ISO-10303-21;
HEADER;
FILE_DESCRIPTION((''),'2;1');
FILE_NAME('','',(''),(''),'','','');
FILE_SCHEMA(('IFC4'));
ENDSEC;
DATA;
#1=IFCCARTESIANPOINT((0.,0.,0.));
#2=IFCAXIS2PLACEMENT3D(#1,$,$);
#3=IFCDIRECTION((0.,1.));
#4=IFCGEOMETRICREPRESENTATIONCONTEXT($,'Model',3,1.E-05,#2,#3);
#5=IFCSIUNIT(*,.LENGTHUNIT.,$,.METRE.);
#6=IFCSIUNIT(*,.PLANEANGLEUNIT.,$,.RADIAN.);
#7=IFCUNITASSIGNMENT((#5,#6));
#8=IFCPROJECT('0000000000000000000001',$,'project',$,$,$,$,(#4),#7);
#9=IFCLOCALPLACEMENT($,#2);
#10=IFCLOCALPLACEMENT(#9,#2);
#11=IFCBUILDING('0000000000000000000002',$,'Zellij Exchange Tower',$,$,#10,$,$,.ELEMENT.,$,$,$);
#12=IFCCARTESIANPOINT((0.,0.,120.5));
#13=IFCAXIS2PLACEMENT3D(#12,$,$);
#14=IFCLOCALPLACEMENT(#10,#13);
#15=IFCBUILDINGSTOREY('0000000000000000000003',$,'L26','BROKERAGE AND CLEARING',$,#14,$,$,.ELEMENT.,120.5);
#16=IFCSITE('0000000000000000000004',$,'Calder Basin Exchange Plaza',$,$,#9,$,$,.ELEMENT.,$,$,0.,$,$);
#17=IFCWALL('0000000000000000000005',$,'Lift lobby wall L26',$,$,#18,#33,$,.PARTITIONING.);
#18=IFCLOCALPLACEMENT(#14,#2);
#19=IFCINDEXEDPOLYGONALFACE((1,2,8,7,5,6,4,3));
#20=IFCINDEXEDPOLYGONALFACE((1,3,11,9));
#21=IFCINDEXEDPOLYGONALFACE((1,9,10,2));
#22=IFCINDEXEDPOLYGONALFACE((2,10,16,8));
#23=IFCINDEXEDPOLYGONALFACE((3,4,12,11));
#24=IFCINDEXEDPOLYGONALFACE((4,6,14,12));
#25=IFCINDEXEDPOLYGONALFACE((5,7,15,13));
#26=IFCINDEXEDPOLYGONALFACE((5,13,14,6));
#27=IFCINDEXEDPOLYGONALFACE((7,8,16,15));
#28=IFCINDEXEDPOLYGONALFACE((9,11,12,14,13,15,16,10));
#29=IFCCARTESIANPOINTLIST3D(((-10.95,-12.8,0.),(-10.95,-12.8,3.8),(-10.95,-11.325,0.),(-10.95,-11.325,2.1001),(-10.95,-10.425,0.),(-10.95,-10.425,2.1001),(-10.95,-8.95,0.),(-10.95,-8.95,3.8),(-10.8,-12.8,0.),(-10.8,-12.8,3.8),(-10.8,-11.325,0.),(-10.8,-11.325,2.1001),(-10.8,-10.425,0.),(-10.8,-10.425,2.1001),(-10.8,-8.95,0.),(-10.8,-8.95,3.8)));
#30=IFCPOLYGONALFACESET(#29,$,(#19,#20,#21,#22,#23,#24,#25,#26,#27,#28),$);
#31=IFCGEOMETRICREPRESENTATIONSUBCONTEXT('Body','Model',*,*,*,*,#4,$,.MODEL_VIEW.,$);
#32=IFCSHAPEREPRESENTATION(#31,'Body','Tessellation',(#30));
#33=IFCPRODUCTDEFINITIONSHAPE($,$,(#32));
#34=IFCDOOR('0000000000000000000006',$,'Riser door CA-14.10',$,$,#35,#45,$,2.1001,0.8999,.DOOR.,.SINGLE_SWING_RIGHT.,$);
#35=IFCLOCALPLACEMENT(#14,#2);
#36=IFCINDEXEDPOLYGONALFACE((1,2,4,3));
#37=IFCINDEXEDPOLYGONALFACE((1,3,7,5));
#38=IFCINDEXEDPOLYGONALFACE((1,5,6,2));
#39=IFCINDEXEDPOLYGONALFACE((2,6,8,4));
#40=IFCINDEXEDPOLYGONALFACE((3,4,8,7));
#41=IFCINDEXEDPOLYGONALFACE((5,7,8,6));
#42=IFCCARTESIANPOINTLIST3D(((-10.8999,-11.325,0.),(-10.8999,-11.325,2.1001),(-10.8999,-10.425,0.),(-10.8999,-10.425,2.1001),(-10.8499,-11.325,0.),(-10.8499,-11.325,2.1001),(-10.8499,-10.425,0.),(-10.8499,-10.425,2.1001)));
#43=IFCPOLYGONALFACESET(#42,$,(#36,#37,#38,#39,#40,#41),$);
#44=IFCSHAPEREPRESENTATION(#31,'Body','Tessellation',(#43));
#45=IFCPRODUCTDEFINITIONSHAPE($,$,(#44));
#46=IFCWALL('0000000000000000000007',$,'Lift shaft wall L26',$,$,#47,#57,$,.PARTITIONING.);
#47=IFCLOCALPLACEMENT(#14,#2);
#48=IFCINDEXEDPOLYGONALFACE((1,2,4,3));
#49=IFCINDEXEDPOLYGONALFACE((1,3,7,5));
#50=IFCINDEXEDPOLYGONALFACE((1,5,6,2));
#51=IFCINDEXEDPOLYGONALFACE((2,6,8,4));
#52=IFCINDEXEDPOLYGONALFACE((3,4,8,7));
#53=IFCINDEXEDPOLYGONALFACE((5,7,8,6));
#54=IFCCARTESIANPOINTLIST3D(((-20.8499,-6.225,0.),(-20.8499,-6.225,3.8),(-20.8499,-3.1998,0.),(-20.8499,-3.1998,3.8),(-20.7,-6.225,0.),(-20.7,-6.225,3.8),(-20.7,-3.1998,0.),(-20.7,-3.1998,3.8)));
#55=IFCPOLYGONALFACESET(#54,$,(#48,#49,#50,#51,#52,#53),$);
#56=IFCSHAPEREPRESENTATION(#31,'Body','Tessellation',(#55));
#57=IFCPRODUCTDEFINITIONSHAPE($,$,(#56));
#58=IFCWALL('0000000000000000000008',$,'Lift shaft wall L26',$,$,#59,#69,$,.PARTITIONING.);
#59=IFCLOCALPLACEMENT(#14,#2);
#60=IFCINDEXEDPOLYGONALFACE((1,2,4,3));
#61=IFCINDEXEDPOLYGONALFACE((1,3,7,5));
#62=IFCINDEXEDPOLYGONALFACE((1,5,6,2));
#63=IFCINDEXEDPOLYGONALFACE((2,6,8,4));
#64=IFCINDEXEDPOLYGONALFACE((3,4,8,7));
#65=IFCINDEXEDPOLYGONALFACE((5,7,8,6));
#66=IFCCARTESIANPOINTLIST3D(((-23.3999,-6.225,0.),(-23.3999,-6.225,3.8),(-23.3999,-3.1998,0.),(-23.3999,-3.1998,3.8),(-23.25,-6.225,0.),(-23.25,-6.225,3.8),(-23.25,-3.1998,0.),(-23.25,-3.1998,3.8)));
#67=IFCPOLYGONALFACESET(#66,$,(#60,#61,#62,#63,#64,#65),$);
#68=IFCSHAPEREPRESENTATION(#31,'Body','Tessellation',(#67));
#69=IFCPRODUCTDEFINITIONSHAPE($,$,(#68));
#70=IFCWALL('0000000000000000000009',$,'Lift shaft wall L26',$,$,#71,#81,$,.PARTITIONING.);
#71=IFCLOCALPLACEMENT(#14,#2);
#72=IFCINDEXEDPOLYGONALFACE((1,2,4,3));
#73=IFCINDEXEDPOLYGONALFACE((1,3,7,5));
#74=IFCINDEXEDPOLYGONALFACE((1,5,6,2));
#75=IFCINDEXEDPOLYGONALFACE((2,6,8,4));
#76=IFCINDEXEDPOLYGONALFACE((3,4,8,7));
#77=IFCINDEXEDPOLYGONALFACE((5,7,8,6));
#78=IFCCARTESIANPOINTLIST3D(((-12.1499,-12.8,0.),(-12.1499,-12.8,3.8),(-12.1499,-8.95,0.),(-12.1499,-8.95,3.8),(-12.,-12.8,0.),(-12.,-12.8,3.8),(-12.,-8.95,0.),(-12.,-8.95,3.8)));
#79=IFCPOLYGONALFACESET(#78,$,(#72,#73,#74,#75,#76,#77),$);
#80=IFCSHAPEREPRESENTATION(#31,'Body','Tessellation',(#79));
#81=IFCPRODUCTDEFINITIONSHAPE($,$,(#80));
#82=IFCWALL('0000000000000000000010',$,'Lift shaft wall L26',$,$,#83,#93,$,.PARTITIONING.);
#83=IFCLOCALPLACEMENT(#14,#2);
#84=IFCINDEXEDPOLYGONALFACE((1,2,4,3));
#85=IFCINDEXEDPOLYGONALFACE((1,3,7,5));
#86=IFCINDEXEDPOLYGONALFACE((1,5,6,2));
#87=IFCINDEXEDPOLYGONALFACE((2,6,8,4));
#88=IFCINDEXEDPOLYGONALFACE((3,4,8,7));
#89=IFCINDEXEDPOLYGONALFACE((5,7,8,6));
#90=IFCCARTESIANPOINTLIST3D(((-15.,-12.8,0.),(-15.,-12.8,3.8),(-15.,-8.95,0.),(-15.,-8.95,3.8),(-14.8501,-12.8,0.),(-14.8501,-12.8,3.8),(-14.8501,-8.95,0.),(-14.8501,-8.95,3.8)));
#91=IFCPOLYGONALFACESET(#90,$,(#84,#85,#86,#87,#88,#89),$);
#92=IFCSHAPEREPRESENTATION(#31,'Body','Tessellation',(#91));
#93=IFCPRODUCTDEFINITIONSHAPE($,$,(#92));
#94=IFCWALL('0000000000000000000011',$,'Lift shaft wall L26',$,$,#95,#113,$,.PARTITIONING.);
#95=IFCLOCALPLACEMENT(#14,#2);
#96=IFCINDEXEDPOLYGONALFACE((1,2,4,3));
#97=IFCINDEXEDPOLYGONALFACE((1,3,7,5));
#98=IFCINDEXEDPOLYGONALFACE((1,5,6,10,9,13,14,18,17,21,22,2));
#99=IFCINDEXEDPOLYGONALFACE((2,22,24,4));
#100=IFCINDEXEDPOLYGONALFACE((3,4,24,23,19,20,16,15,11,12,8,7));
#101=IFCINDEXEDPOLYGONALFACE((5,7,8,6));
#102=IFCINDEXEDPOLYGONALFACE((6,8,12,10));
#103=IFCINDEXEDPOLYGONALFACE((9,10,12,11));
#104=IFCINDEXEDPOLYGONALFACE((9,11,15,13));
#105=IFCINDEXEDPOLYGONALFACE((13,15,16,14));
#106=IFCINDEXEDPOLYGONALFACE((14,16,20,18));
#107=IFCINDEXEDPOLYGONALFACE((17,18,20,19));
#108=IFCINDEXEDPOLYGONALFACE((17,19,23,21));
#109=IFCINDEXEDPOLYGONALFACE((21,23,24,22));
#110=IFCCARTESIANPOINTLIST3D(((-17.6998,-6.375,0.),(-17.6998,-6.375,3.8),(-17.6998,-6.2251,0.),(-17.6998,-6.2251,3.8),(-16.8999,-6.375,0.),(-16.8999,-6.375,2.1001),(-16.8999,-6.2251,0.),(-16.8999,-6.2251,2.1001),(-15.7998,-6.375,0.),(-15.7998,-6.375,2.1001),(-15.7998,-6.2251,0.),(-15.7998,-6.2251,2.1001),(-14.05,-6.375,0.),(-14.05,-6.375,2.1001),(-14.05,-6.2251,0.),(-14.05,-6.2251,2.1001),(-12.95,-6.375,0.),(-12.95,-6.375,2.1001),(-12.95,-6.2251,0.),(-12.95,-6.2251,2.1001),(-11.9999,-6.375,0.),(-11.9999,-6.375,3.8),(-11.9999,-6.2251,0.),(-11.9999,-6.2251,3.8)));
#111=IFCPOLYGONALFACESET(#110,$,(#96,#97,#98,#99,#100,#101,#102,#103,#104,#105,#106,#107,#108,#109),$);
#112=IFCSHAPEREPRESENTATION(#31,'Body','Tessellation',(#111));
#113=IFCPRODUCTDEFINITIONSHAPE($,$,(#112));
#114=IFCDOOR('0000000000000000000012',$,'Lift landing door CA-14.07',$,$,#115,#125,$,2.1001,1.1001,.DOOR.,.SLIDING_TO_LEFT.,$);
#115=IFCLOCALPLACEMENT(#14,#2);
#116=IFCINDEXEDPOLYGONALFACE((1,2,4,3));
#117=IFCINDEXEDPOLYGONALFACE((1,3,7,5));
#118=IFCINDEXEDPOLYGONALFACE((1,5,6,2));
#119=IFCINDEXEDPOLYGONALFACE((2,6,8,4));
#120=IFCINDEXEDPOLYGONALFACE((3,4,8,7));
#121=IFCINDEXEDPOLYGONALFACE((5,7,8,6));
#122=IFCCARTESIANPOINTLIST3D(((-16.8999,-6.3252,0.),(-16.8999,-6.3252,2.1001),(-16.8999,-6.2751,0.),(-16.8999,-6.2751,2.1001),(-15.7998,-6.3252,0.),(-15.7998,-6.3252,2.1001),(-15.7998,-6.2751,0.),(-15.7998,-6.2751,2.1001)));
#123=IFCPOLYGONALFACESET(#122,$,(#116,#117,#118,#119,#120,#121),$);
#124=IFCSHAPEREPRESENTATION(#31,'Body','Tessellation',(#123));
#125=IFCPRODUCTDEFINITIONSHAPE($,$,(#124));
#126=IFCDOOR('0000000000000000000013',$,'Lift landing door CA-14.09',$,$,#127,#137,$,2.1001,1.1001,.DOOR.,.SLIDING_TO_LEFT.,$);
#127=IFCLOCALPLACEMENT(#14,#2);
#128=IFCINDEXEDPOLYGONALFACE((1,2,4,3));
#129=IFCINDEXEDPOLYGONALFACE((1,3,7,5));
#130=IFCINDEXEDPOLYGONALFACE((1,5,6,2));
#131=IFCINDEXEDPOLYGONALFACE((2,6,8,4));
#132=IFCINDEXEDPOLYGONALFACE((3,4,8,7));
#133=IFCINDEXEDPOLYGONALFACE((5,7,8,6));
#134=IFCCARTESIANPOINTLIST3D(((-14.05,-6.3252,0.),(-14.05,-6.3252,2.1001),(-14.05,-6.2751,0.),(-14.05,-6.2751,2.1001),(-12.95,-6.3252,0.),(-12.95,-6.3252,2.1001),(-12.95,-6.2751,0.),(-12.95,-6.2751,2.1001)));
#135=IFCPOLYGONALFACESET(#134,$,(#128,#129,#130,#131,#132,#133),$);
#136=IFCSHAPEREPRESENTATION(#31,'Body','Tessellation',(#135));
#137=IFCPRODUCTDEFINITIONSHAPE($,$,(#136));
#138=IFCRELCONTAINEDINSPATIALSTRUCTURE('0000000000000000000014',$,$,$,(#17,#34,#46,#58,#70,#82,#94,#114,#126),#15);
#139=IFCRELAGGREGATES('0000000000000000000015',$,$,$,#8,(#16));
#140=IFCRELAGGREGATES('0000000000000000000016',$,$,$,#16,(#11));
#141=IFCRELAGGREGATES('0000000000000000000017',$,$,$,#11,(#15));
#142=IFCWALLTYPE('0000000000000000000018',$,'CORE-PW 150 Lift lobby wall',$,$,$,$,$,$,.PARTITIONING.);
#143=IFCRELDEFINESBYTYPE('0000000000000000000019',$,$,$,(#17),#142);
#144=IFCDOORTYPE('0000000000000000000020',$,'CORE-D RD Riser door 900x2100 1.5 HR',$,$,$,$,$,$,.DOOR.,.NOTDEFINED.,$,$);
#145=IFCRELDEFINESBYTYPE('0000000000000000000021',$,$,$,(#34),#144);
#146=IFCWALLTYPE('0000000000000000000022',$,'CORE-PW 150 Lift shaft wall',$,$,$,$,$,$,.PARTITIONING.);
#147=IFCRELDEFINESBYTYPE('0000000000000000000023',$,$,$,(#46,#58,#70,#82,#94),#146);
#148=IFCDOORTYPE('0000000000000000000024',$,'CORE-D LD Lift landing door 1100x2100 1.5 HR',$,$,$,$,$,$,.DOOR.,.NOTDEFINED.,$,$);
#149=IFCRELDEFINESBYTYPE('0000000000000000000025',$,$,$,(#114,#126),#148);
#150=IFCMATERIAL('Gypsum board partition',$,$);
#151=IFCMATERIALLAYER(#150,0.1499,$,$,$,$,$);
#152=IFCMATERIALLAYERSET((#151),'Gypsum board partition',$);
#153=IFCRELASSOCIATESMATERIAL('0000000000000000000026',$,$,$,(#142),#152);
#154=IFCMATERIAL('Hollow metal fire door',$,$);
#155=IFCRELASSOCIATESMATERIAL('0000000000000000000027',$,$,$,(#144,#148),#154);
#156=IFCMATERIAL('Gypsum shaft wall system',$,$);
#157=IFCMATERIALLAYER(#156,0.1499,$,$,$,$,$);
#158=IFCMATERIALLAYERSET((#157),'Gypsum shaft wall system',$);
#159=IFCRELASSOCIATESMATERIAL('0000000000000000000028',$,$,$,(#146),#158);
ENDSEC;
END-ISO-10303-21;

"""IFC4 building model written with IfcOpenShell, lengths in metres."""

from ifc_helpers import new_model, si_unit, direction, frame, frame_2d, origin, place, context, subcontext, project, spatial, rectangle, extrude, material, layer, layer_set, type_object, element, fill, save


model = new_model("IFC4")

# Units and contexts
model_context = context("Model", 3, precision=1e-05, world=origin(), true_north=direction((0.0, 1.0)))
body_context = subcontext(model_context, "Body", "Model", "MODEL_VIEW")
ifc_project = project(units=[si_unit("LENGTHUNIT", "METRE"), si_unit("PLANEANGLEUNIT", "RADIAN")], contexts=[model_context])

# Site, building, storey
site_placement = place(None, origin())
site = spatial("IfcSite", under=ifc_project, at=site_placement, Name="Calder Basin Exchange Plaza", CompositionType="ELEMENT", RefElevation=0.0)
building_placement = place(site_placement, origin())
building = spatial("IfcBuilding", under=site, at=building_placement, Name="Zellij Exchange Tower", CompositionType="ELEMENT")
storey_placement = place(building_placement, frame((0.0, 0.0, 120.5)))
storey = spatial("IfcBuildingStorey", under=building, at=storey_placement, Name="L26", Description="BROKERAGE AND CLEARING", CompositionType="ELEMENT", Elevation=120.5)

# Wall, opening, door
ifc_material_1 = material(Name="Gypsum board partition")
ifc_layer_1 = layer(ifc_material_1, 0.1499)
ifc_layer_set_1 = layer_set([ifc_layer_1], Name="Gypsum board partition")
wall_type_1 = type_object("IfcWallType", Name="CORE-PW 150 Lift lobby wall", PredefinedType="PARTITIONING", material=ifc_layer_set_1)
wall_1_placement = place(storey_placement, frame((-10.875, -12.8, 0.0), z_axis=(0.0, 0.0, 1.0), x_axis=(0.0, 1.0, 0.0)))
wall_1 = element("IfcWall", 1, at=wall_1_placement, inside=storey, type_object=wall_type_1, Name="Lift lobby wall L26", PredefinedType="PARTITIONING", context=body_context, shape_type="SweptSolid", body=[
    extrude(rectangle(XDim=3.8501, YDim=0.1499, at=frame_2d((1.925, 0.0))), origin(), (0.0, 0.0, 1.0), 3.8),
])
opening_1_placement = place(wall_1_placement, frame((1.4751, 0.0, 0.0)))
opening_1 = element("IfcOpeningElement", 2, at=opening_1_placement, cuts=wall_1, PredefinedType="OPENING", context=body_context, shape_type="SweptSolid", body=[
    extrude(rectangle(XDim=0.8999, YDim=2.1001, at=frame_2d((0.45, 1.05))), frame((0.0, 0.0869, 0.0), z_axis=(0.0, -1.0, 0.0), x_axis=(1.0, 0.0, 0.0)), (0.0, 0.0, 1.0), 0.1738),
])
ifc_material_2 = material(Name="Hollow metal fire door")
door_type_1 = type_object("IfcDoorType", Name="CORE-D RD Riser door 900x2100 1.5 HR", OperationType="NOTDEFINED", PredefinedType="DOOR", material=ifc_material_2)
door_1_placement = place(opening_1_placement, origin())
door_1 = element("IfcDoor", 3, at=door_1_placement, inside=storey, type_object=door_type_1, Name="Riser door CA-14.10", OperationType="SINGLE_SWING_RIGHT", OverallHeight=2.1001, OverallWidth=0.8999, PredefinedType="DOOR", context=body_context, shape_type="SweptSolid", body=[
    extrude(rectangle(XDim=0.8999, YDim=2.1001, at=frame_2d((0.45, 1.05))), frame((0.0, 0.0249, 0.0), z_axis=(0.0, -1.0, 0.0), x_axis=(1.0, 0.0, 0.0)), (0.0, 0.0, 1.0), 0.05),
])
fill(opening_1, door_1)

# Walls
ifc_material_3 = material(Name="Gypsum shaft wall system")
ifc_layer_2 = layer(ifc_material_3, 0.1499)
ifc_layer_set_2 = layer_set([ifc_layer_2], Name="Gypsum shaft wall system")
wall_type_2 = type_object("IfcWallType", Name="CORE-PW 150 Lift shaft wall", PredefinedType="PARTITIONING", material=ifc_layer_set_2)
for number, where, z_axis, x_axis, name in (
    (4, (-20.7749, -6.2251, 0.0), (0.0, 0.0, 1.0), (0.0, 1.0, 0.0), "Lift shaft wall L26"),
    (5, (-23.325, -6.2251, 0.0), (0.0, 0.0, 1.0), (0.0, 1.0, 0.0), "Lift shaft wall L26"),
):
    element("IfcWall", number, at=place(storey_placement, frame(where, z_axis=z_axis, x_axis=x_axis)), inside=storey, type_object=wall_type_2, Name=name, PredefinedType="PARTITIONING", context=body_context, shape_type="SweptSolid", body=[
        extrude(rectangle(XDim=3.0251, YDim=0.1499, at=frame_2d((1.5127, 0.0))), origin(), (0.0, 0.0, 1.0), 3.8),
    ])
for number, where, z_axis, x_axis, name in (
    (6, (-12.075, -12.8, 0.0), (0.0, 0.0, 1.0), (0.0, 1.0, 0.0), "Lift shaft wall L26"),
    (7, (-14.925, -12.8, 0.0), (0.0, 0.0, 1.0), (0.0, 1.0, 0.0), "Lift shaft wall L26"),
):
    element("IfcWall", number, at=place(storey_placement, frame(where, z_axis=z_axis, x_axis=x_axis)), inside=storey, type_object=wall_type_2, Name=name, PredefinedType="PARTITIONING", context=body_context, shape_type="SweptSolid", body=[
        extrude(rectangle(XDim=3.8501, YDim=0.1499, at=frame_2d((1.925, 0.0))), origin(), (0.0, 0.0, 1.0), 3.8),
    ])

# Wall, openings, doors
wall_2_placement = place(storey_placement, frame((-17.7, -6.3, 0.0), z_axis=(0.0, 0.0, 1.0), x_axis=(1.0, 0.0, 0.0)))
wall_2 = element("IfcWall", 8, at=wall_2_placement, inside=storey, type_object=wall_type_2, Name="Lift shaft wall L26", PredefinedType="PARTITIONING", context=body_context, shape_type="SweptSolid", body=[
    extrude(rectangle(XDim=5.7, YDim=0.1499, at=frame_2d((2.8501, 0.0))), origin(), (0.0, 0.0, 1.0), 3.8),
])
opening_2_placement = place(wall_2_placement, frame((0.8, 0.0, 0.0)))
opening_2 = element("IfcOpeningElement", 9, at=opening_2_placement, cuts=wall_2, PredefinedType="OPENING", context=body_context, shape_type="SweptSolid", body=[
    extrude(rectangle(XDim=1.1001, YDim=2.1001, at=frame_2d((0.55, 1.05))), frame((0.0, 0.0869, 0.0), z_axis=(0.0, -1.0, 0.0), x_axis=(1.0, 0.0, 0.0)), (0.0, 0.0, 1.0), 0.1738),
])
opening_3_placement = place(wall_2_placement, frame((3.6499, 0.0, 0.0)))
opening_3 = element("IfcOpeningElement", 10, at=opening_3_placement, cuts=wall_2, PredefinedType="OPENING", context=body_context, shape_type="SweptSolid", body=[
    extrude(rectangle(XDim=1.1001, YDim=2.1001, at=frame_2d((0.55, 1.05))), frame((0.0, 0.0869, 0.0), z_axis=(0.0, -1.0, 0.0), x_axis=(1.0, 0.0, 0.0)), (0.0, 0.0, 1.0), 0.1738),
])
door_type_2 = type_object("IfcDoorType", Name="CORE-D LD Lift landing door 1100x2100 1.5 HR", OperationType="NOTDEFINED", PredefinedType="DOOR", material=ifc_material_2)
door_2_placement = place(opening_2_placement, origin())
door_2 = element("IfcDoor", 11, at=door_2_placement, inside=storey, type_object=door_type_2, Name="Lift landing door CA-14.07", OperationType="SLIDING_TO_LEFT", OverallHeight=2.1001, OverallWidth=1.1001, PredefinedType="DOOR", context=body_context, shape_type="SweptSolid", body=[
    extrude(rectangle(XDim=1.1001, YDim=2.1001, at=frame_2d((0.55, 1.05))), frame((0.0, 0.0249, 0.0), z_axis=(0.0, -1.0, 0.0), x_axis=(1.0, 0.0, 0.0)), (0.0, 0.0, 1.0), 0.05),
])
fill(opening_2, door_2)
door_3_placement = place(opening_3_placement, origin())
door_3 = element("IfcDoor", 12, at=door_3_placement, inside=storey, type_object=door_type_2, Name="Lift landing door CA-14.09", OperationType="SLIDING_TO_LEFT", OverallHeight=2.1001, OverallWidth=1.1001, PredefinedType="DOOR", context=body_context, shape_type="SweptSolid", body=[
    extrude(rectangle(XDim=1.1001, YDim=2.1001, at=frame_2d((0.55, 1.05))), frame((0.0, 0.0249, 0.0), z_axis=(0.0, -1.0, 0.0), x_axis=(1.0, 0.0, 0.0)), (0.0, 0.0, 1.0), 0.05),
])
fill(opening_3, door_3)

save(model, "model.ifc")
